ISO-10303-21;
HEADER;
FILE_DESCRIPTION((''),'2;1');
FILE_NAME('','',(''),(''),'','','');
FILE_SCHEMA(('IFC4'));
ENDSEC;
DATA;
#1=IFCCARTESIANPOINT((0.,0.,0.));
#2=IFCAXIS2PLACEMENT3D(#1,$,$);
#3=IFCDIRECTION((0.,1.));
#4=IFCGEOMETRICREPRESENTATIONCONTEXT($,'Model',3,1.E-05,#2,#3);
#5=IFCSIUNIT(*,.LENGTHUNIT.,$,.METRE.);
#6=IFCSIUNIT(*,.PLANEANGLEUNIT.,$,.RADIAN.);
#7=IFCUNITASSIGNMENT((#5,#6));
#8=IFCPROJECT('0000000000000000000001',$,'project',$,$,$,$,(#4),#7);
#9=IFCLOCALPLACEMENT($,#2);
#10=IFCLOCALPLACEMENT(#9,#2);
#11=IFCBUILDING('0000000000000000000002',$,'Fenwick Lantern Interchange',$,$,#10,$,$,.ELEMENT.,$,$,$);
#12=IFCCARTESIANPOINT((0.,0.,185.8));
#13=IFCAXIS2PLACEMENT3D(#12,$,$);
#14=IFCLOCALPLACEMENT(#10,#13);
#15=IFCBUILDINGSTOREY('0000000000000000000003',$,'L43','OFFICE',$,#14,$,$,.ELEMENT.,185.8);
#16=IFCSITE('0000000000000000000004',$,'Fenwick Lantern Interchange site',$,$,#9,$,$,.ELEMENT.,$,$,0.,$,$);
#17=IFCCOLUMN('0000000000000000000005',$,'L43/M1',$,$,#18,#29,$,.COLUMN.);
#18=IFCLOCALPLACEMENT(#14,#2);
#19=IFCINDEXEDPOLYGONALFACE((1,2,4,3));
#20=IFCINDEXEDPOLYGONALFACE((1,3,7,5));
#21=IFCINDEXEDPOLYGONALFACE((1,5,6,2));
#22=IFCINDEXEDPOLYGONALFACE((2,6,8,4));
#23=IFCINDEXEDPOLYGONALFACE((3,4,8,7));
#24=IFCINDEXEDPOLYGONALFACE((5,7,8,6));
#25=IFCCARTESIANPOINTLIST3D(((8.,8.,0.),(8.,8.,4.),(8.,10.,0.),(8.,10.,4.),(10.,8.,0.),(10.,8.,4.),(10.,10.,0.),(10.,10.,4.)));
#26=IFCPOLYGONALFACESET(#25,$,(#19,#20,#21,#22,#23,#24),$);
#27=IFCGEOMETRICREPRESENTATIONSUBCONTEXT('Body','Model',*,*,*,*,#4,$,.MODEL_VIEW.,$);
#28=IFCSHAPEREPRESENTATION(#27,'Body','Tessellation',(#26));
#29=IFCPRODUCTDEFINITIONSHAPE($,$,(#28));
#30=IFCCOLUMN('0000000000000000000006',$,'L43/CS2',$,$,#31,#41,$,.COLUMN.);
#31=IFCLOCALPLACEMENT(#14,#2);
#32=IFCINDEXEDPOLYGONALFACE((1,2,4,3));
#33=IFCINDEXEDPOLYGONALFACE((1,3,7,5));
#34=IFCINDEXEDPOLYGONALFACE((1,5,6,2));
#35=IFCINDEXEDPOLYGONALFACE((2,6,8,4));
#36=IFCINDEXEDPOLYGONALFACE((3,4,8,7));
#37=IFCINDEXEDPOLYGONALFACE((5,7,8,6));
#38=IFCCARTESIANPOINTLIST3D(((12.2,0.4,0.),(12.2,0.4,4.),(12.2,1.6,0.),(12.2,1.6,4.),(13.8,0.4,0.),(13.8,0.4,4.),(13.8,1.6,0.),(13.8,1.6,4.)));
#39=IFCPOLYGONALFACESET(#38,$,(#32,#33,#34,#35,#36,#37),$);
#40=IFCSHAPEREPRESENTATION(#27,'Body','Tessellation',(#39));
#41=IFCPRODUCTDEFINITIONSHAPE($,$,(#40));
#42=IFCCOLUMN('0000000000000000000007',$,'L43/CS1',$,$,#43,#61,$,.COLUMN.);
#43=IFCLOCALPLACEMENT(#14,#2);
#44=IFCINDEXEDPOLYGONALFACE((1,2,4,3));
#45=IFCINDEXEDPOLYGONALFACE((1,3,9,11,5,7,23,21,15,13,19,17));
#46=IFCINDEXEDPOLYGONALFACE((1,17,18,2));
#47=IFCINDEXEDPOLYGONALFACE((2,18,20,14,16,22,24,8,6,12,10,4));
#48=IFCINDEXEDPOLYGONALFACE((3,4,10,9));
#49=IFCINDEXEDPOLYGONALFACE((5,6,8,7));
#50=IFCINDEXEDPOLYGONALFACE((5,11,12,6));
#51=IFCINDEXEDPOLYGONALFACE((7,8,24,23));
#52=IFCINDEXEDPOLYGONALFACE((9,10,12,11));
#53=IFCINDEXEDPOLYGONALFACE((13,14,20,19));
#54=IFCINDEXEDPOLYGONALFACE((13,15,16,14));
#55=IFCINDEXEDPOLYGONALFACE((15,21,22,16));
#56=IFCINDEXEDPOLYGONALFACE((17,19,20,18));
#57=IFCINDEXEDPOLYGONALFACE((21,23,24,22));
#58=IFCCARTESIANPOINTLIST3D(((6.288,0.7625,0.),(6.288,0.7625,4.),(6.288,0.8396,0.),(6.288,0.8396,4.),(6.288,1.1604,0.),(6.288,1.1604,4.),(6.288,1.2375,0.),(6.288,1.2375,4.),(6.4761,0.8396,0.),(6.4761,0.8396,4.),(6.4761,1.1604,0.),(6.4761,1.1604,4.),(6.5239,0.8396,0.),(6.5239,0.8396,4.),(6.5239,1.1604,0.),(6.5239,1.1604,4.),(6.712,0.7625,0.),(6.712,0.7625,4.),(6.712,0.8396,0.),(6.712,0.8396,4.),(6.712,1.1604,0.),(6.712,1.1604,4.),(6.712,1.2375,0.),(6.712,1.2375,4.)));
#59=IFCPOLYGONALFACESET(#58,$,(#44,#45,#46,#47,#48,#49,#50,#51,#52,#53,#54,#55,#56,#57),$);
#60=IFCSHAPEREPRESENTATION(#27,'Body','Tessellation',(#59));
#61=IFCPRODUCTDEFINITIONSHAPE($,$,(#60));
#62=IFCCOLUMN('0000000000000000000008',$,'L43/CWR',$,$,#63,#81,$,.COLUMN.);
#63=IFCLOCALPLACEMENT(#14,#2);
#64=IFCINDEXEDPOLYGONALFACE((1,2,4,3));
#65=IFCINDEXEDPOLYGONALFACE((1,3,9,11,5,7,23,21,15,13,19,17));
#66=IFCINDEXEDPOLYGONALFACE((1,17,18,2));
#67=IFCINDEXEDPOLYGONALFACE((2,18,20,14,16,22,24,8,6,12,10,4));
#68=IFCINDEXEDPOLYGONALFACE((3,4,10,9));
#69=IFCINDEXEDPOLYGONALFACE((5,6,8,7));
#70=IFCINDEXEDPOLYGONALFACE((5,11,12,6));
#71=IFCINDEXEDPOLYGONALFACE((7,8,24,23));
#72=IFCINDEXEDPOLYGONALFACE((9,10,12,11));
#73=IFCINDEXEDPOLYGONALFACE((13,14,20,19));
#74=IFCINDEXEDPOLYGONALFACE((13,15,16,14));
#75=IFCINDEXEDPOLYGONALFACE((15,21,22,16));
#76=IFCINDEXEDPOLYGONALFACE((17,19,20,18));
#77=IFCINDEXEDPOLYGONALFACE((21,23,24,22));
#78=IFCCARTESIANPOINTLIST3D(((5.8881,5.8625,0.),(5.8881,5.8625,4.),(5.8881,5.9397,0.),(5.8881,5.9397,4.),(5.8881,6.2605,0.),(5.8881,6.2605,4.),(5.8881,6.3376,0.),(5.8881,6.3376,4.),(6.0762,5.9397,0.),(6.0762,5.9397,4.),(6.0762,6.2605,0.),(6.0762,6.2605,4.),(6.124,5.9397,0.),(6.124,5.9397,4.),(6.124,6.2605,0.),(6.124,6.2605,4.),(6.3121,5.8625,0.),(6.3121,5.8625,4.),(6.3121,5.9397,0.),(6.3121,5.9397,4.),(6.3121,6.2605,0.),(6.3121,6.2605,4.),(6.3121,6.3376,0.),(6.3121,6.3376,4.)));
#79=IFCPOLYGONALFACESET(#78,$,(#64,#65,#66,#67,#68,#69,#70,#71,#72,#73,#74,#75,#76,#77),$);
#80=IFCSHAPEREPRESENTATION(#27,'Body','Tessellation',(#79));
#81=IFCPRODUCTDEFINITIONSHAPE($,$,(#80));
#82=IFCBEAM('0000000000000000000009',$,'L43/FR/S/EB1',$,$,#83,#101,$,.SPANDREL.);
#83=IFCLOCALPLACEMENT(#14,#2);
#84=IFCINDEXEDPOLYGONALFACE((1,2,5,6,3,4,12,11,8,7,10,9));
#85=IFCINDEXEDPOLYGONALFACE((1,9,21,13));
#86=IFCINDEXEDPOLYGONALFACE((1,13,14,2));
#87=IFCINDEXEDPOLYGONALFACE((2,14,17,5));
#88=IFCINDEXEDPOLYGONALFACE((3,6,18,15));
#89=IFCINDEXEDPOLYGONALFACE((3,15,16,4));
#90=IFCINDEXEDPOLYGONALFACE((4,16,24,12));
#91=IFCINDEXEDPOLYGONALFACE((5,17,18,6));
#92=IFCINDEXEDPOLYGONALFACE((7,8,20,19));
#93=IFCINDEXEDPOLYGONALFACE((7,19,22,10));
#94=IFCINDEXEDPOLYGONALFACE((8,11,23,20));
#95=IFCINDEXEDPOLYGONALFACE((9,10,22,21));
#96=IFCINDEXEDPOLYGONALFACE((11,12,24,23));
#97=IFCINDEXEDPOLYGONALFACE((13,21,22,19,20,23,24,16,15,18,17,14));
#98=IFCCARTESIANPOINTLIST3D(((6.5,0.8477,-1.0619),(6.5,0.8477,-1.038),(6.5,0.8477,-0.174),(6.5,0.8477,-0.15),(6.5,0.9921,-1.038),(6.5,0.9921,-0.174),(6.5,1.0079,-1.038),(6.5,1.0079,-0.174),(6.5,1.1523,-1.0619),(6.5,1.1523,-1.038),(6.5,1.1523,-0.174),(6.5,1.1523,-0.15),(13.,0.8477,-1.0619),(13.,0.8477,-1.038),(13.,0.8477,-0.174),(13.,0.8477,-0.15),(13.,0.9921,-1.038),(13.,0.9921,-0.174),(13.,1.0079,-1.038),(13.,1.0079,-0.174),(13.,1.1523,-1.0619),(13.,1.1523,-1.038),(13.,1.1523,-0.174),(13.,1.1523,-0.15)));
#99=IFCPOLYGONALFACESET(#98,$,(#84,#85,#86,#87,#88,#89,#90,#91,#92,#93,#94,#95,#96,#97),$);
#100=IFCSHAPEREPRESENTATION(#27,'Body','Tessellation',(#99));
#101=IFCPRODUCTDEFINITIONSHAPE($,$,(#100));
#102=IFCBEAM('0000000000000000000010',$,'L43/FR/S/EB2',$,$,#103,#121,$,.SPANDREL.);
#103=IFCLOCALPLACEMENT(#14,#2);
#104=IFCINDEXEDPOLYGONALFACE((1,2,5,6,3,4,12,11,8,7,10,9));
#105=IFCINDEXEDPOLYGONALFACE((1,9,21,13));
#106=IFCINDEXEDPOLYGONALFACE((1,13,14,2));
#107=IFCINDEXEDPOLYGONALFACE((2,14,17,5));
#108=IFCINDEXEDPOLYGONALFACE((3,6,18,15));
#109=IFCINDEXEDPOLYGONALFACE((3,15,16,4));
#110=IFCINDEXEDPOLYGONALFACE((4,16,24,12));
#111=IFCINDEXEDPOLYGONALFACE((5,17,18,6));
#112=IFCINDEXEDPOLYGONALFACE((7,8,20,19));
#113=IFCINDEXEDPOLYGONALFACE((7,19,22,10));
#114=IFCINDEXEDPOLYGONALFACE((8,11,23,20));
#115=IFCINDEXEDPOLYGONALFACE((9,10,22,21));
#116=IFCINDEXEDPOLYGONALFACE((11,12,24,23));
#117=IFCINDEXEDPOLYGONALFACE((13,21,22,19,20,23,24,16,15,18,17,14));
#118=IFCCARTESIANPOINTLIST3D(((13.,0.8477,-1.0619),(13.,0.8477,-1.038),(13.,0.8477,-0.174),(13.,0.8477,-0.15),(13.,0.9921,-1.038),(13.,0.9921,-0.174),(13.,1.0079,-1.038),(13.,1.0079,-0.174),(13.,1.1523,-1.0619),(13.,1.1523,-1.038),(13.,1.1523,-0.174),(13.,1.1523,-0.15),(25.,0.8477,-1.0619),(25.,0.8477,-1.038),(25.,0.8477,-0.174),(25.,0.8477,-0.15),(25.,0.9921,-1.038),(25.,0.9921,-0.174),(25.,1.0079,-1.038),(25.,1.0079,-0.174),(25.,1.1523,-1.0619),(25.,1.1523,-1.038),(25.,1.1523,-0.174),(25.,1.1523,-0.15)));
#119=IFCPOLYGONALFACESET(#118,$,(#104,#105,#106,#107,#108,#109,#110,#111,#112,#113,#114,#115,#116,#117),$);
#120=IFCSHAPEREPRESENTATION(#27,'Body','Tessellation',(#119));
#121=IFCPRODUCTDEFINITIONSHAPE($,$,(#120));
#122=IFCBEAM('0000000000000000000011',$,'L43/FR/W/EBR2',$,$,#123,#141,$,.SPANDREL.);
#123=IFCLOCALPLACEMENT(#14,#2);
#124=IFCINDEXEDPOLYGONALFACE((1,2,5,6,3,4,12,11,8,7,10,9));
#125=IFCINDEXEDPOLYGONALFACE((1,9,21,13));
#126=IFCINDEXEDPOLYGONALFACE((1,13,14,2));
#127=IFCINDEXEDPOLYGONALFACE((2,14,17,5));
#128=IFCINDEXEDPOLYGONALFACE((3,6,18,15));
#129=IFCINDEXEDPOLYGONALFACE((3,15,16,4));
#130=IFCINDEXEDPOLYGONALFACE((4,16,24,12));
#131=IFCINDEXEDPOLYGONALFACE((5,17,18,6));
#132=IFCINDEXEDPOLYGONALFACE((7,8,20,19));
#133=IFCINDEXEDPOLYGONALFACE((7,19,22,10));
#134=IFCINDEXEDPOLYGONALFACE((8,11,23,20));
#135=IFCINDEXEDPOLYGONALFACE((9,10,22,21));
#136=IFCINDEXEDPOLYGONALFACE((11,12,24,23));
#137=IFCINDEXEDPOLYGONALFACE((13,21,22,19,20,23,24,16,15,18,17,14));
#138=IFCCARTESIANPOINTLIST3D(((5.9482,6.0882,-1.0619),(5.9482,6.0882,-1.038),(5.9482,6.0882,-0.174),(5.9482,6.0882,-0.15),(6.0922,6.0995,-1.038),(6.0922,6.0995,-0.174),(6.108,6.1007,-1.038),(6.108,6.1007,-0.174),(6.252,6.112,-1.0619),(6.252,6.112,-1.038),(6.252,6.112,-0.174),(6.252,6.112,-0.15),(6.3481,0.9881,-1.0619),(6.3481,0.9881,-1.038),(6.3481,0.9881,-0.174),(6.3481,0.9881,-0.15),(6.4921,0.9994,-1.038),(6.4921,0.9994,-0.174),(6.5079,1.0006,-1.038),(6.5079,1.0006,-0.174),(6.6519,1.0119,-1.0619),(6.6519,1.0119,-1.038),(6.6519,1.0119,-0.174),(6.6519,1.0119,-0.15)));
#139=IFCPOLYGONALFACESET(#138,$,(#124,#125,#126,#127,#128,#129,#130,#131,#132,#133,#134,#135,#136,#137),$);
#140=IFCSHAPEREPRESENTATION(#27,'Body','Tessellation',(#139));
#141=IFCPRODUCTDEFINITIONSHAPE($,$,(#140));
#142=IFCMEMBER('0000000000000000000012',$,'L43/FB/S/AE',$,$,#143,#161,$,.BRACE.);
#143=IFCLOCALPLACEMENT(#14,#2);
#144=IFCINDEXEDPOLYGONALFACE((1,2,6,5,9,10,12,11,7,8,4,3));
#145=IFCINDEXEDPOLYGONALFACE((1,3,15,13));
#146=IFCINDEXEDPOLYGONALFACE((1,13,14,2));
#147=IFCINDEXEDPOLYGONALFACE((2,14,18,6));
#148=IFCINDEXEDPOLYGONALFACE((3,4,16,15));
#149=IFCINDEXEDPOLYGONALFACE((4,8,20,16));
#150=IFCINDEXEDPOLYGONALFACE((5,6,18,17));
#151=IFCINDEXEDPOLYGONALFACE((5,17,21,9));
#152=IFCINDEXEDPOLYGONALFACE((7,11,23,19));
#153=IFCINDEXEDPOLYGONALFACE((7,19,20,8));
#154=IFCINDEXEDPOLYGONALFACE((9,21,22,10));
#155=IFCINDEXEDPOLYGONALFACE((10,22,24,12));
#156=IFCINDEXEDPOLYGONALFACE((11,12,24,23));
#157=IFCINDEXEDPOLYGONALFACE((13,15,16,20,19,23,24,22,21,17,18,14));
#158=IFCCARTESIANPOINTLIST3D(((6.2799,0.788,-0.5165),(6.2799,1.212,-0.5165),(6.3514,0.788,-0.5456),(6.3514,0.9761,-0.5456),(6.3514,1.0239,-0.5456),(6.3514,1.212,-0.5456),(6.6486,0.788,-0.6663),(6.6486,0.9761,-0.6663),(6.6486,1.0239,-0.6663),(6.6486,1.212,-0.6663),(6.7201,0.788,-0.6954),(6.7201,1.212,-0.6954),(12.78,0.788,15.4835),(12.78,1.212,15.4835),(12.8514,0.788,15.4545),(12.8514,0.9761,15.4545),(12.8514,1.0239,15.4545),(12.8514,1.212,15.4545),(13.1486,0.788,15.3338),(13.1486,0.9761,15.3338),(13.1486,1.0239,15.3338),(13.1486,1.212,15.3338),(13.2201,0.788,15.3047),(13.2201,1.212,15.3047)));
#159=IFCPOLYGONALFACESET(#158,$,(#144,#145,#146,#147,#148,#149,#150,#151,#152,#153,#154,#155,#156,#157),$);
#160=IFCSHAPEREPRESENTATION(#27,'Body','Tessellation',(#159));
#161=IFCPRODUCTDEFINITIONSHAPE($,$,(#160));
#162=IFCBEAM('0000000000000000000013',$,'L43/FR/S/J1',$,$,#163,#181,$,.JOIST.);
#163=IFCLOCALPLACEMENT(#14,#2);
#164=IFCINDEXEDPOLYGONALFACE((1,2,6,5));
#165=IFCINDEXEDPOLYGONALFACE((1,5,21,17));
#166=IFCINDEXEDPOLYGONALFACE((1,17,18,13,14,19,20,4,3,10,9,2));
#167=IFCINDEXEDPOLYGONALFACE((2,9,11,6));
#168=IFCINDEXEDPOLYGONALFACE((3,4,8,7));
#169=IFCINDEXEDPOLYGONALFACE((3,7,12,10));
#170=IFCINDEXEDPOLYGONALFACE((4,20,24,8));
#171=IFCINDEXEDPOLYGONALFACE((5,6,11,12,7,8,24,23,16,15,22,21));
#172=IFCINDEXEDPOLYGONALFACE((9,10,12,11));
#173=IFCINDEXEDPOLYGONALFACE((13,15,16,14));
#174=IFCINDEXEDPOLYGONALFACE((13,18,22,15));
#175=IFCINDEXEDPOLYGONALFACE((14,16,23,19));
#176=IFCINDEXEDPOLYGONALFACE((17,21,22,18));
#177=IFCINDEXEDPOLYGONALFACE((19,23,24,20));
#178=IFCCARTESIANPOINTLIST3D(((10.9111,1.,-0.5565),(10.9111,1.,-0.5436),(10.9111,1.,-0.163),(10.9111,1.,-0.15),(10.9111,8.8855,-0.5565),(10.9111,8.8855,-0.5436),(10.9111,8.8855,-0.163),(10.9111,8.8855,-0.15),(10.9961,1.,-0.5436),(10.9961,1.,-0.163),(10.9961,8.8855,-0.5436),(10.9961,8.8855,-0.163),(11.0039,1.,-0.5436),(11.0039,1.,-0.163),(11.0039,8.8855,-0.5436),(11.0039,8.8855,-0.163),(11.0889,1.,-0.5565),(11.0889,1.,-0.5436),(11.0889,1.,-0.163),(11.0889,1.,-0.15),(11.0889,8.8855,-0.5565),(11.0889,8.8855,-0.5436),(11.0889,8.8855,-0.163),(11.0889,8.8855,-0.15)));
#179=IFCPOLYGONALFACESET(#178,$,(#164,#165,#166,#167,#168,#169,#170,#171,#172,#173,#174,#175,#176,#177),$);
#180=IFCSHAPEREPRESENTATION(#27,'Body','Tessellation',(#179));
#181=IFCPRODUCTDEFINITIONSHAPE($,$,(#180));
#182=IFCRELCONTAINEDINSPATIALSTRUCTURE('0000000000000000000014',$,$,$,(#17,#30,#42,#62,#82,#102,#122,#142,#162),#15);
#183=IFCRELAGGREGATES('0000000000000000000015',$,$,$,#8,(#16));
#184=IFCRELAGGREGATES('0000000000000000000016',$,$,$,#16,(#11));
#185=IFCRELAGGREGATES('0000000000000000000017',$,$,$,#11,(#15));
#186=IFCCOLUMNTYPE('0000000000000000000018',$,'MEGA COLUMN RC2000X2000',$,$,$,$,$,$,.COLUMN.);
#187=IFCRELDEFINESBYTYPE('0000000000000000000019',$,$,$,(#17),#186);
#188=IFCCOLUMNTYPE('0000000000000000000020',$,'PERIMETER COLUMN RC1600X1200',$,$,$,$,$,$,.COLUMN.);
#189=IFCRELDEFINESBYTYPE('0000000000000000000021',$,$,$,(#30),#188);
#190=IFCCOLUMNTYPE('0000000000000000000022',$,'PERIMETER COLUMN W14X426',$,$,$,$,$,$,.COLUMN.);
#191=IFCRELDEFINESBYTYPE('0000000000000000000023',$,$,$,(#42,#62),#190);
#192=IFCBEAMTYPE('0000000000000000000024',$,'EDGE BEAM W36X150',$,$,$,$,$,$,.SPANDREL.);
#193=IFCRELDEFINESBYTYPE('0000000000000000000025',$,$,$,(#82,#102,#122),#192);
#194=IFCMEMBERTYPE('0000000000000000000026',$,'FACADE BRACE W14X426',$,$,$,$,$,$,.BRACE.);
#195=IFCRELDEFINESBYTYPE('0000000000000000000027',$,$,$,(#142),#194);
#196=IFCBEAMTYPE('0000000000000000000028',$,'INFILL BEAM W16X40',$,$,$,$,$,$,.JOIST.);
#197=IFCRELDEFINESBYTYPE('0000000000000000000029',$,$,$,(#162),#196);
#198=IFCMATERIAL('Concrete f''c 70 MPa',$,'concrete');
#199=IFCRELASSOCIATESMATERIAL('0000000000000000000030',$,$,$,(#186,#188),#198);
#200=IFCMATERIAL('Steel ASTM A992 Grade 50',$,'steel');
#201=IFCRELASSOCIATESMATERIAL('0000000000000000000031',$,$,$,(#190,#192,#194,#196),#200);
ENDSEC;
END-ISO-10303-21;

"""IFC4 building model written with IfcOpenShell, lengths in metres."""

from ifc_helpers import new_model, si_unit, direction, frame, origin, origin_2d, place, context, subcontext, project, spatial, rectangle, i_section, extrude, material, material_profile, profile_set, type_object, element, save


model = new_model("IFC4")

# Units and contexts
model_context = context("Model", 3, precision=1e-05, world=origin(), true_north=direction((0.0, 1.0)))
body_context = subcontext(model_context, "Body", "Model", "MODEL_VIEW")
ifc_project = project(units=[si_unit("LENGTHUNIT", "METRE"), si_unit("PLANEANGLEUNIT", "RADIAN")], contexts=[model_context])

# Site, building, storey
site_placement = place(None, origin())
site = spatial("IfcSite", under=ifc_project, at=site_placement, Name="Fenwick Lantern Interchange site", CompositionType="ELEMENT", RefElevation=0.0)
building_placement = place(site_placement, origin())
building = spatial("IfcBuilding", under=site, at=building_placement, Name="Fenwick Lantern Interchange", CompositionType="ELEMENT")
storey_placement = place(building_placement, frame((0.0, 0.0, 185.8)))
storey = spatial("IfcBuildingStorey", under=building, at=storey_placement, Name="L43", Description="OFFICE", CompositionType="ELEMENT", Elevation=185.8)

# Columns
ifc_material_1 = material(Name="Concrete f'c 70 MPa", Category="concrete")
ifc_material_profile_1 = material_profile(ifc_material_1, rectangle(XDim=2.0, YDim=2.0, at=origin_2d()), Name="RC2000X2000")
ifc_profile_set_1 = profile_set([ifc_material_profile_1], Name="Concrete f'c 70 MPa")
column_type_1 = type_object("IfcColumnType", Name="MEGA COLUMN RC2000X2000", PredefinedType="COLUMN", material=ifc_profile_set_1)
column_1_placement = place(storey_placement, frame((9.0, 9.0, 0.0), z_axis=(0.0, 0.0, 1.0), x_axis=(1.0, 0.0, 0.0)))
element("IfcColumn", 1, at=column_1_placement, inside=storey, type_object=column_type_1, Name="L43/M1", PredefinedType="COLUMN", context=body_context, shape_type="SweptSolid", body=[
    extrude(rectangle(XDim=2.0, YDim=2.0, at=origin_2d()), origin(), (0.0, 0.0, 1.0), 4.0),
])
ifc_material_profile_2 = material_profile(ifc_material_1, rectangle(XDim=1.6001, YDim=1.2, at=origin_2d()), Name="RC1600X1200")
ifc_profile_set_2 = profile_set([ifc_material_profile_2], Name="Concrete f'c 70 MPa")
column_type_2 = type_object("IfcColumnType", Name="PERIMETER COLUMN RC1600X1200", PredefinedType="COLUMN", material=ifc_profile_set_2)
column_2_placement = place(storey_placement, frame((13.0, 1.0, 0.0), z_axis=(0.0, 0.0, 1.0), x_axis=(1.0, 0.0, 0.0)))
element("IfcColumn", 2, at=column_2_placement, inside=storey, type_object=column_type_2, Name="L43/CS2", PredefinedType="COLUMN", context=body_context, shape_type="SweptSolid", body=[
    extrude(rectangle(XDim=1.6001, YDim=1.2, at=origin_2d()), origin(), (0.0, 0.0, 1.0), 4.0),
])
ifc_material_2 = material(Name="Steel ASTM A992 Grade 50", Category="steel")
ifc_material_profile_3 = material_profile(ifc_material_2, i_section(OverallWidth=0.4241, OverallDepth=0.4751, WebThickness=0.0479, FlangeThickness=0.0771, at=origin_2d()), Name="W14X426")
ifc_profile_set_3 = profile_set([ifc_material_profile_3], Name="Steel ASTM A992 Grade 50")
column_type_3 = type_object("IfcColumnType", Name="PERIMETER COLUMN W14X426", PredefinedType="COLUMN", material=ifc_profile_set_3)
for number, where, z_axis, x_axis, name in (
    (3, (6.5, 1.0, 0.0), (0.0, 0.0, 1.0), (1.0, 0.0, 0.0), "L43/CS1"),
    (4, (6.1001, 6.1001, 0.0), (0.0, 0.0, 1.0), (1.0, 0.0, 0.0), "L43/CWR"),
):
    element("IfcColumn", number, at=place(storey_placement, frame(where, z_axis=z_axis, x_axis=x_axis)), inside=storey, type_object=column_type_3, Name=name, PredefinedType="COLUMN", context=body_context, shape_type="SweptSolid", body=[
        extrude(i_section(OverallWidth=0.4241, OverallDepth=0.4751, WebThickness=0.0479, FlangeThickness=0.0771, at=origin_2d()), origin(), (0.0, 0.0, 1.0), 4.0),
    ])

# Beams
ifc_material_profile_4 = material_profile(ifc_material_2, i_section(OverallWidth=0.3047, OverallDepth=0.9119, WebThickness=0.0159, FlangeThickness=0.0239, at=origin_2d()), Name="W36X150")
ifc_profile_set_4 = profile_set([ifc_material_profile_4], Name="Steel ASTM A992 Grade 50")
beam_type_1 = type_object("IfcBeamType", Name="EDGE BEAM W36X150", PredefinedType="SPANDREL", material=ifc_profile_set_4)
beam_1_placement = place(storey_placement, frame((6.5, 1.0, -0.606), z_axis=(1.0, 0.0, 0.0), x_axis=(0.0, 1.0, 0.0)))
element("IfcBeam", 5, at=beam_1_placement, inside=storey, type_object=beam_type_1, Name="L43/FR/S/EB1", PredefinedType="SPANDREL", context=body_context, shape_type="SweptSolid", body=[
    extrude(i_section(OverallWidth=0.3047, OverallDepth=0.9119, WebThickness=0.0159, FlangeThickness=0.0239, at=origin_2d()), origin(), (0.0, 0.0, 1.0), 6.5),
])
beam_2_placement = place(storey_placement, frame((13.0, 1.0, -0.606), z_axis=(1.0, 0.0, 0.0), x_axis=(0.0, 1.0, 0.0)))
element("IfcBeam", 6, at=beam_2_placement, inside=storey, type_object=beam_type_1, Name="L43/FR/S/EB2", PredefinedType="SPANDREL", context=body_context, shape_type="SweptSolid", body=[
    extrude(i_section(OverallWidth=0.3047, OverallDepth=0.9119, WebThickness=0.0159, FlangeThickness=0.0239, at=origin_2d()), origin(), (0.0, 0.0, 1.0), 12.0),
])
beam_3_placement = place(storey_placement, frame((6.1001, 6.1001, -0.606), z_axis=(0.078171, -0.99694, 0.0), x_axis=(0.99694, 0.078171, 0.0)))
element("IfcBeam", 7, at=beam_3_placement, inside=storey, type_object=beam_type_1, Name="L43/FR/W/EBR2", PredefinedType="SPANDREL", context=body_context, shape_type="SweptSolid", body=[
    extrude(i_section(OverallWidth=0.3047, OverallDepth=0.9119, WebThickness=0.0159, FlangeThickness=0.0239, at=origin_2d()), origin(), (0.0, 0.0, 1.0), 5.1157),
])

# Member
ifc_material_profile_5 = material_profile(ifc_material_2, i_section(OverallWidth=0.4241, OverallDepth=0.4751, WebThickness=0.0479, FlangeThickness=0.0771, at=origin_2d()), Name="W14X426")
ifc_profile_set_5 = profile_set([ifc_material_profile_5], Name="Steel ASTM A992 Grade 50")
member_type_1 = type_object("IfcMemberType", Name="FACADE BRACE W14X426", PredefinedType="BRACE", material=ifc_profile_set_5)
member_1_placement = place(storey_placement, frame((6.5, 1.0, -0.606), z_axis=(0.376377, 0.0, 0.926467), x_axis=(0.0, 1.0, 0.0)))
element("IfcMember", 8, at=member_1_placement, inside=storey, type_object=member_type_1, Name="L43/FB/S/AE", PredefinedType="BRACE", context=body_context, shape_type="SweptSolid", body=[
    extrude(i_section(OverallWidth=0.4241, OverallDepth=0.4751, WebThickness=0.0479, FlangeThickness=0.0771, at=origin_2d()), origin(), (0.0, 0.0, 1.0), 17.27),
])

# Beam
ifc_material_profile_6 = material_profile(ifc_material_2, i_section(OverallWidth=0.1777, OverallDepth=0.4065, WebThickness=0.0078, FlangeThickness=0.0129, at=origin_2d()), Name="W16X40")
ifc_profile_set_6 = profile_set([ifc_material_profile_6], Name="Steel ASTM A992 Grade 50")
beam_type_2 = type_object("IfcBeamType", Name="INFILL BEAM W16X40", PredefinedType="JOIST", material=ifc_profile_set_6)
beam_4_placement = place(storey_placement, frame((11.0, 1.0, -0.3533), z_axis=(0.0, 1.0, 0.0), x_axis=(-1.0, 0.0, 0.0)))
element("IfcBeam", 9, at=beam_4_placement, inside=storey, type_object=beam_type_2, Name="L43/FR/S/J1", PredefinedType="JOIST", context=body_context, shape_type="SweptSolid", body=[
    extrude(i_section(OverallWidth=0.1777, OverallDepth=0.4065, WebThickness=0.0078, FlangeThickness=0.0129, at=origin_2d()), origin(), (0.0, 0.0, 1.0), 7.8855),
])

save(model, "model.ifc")
